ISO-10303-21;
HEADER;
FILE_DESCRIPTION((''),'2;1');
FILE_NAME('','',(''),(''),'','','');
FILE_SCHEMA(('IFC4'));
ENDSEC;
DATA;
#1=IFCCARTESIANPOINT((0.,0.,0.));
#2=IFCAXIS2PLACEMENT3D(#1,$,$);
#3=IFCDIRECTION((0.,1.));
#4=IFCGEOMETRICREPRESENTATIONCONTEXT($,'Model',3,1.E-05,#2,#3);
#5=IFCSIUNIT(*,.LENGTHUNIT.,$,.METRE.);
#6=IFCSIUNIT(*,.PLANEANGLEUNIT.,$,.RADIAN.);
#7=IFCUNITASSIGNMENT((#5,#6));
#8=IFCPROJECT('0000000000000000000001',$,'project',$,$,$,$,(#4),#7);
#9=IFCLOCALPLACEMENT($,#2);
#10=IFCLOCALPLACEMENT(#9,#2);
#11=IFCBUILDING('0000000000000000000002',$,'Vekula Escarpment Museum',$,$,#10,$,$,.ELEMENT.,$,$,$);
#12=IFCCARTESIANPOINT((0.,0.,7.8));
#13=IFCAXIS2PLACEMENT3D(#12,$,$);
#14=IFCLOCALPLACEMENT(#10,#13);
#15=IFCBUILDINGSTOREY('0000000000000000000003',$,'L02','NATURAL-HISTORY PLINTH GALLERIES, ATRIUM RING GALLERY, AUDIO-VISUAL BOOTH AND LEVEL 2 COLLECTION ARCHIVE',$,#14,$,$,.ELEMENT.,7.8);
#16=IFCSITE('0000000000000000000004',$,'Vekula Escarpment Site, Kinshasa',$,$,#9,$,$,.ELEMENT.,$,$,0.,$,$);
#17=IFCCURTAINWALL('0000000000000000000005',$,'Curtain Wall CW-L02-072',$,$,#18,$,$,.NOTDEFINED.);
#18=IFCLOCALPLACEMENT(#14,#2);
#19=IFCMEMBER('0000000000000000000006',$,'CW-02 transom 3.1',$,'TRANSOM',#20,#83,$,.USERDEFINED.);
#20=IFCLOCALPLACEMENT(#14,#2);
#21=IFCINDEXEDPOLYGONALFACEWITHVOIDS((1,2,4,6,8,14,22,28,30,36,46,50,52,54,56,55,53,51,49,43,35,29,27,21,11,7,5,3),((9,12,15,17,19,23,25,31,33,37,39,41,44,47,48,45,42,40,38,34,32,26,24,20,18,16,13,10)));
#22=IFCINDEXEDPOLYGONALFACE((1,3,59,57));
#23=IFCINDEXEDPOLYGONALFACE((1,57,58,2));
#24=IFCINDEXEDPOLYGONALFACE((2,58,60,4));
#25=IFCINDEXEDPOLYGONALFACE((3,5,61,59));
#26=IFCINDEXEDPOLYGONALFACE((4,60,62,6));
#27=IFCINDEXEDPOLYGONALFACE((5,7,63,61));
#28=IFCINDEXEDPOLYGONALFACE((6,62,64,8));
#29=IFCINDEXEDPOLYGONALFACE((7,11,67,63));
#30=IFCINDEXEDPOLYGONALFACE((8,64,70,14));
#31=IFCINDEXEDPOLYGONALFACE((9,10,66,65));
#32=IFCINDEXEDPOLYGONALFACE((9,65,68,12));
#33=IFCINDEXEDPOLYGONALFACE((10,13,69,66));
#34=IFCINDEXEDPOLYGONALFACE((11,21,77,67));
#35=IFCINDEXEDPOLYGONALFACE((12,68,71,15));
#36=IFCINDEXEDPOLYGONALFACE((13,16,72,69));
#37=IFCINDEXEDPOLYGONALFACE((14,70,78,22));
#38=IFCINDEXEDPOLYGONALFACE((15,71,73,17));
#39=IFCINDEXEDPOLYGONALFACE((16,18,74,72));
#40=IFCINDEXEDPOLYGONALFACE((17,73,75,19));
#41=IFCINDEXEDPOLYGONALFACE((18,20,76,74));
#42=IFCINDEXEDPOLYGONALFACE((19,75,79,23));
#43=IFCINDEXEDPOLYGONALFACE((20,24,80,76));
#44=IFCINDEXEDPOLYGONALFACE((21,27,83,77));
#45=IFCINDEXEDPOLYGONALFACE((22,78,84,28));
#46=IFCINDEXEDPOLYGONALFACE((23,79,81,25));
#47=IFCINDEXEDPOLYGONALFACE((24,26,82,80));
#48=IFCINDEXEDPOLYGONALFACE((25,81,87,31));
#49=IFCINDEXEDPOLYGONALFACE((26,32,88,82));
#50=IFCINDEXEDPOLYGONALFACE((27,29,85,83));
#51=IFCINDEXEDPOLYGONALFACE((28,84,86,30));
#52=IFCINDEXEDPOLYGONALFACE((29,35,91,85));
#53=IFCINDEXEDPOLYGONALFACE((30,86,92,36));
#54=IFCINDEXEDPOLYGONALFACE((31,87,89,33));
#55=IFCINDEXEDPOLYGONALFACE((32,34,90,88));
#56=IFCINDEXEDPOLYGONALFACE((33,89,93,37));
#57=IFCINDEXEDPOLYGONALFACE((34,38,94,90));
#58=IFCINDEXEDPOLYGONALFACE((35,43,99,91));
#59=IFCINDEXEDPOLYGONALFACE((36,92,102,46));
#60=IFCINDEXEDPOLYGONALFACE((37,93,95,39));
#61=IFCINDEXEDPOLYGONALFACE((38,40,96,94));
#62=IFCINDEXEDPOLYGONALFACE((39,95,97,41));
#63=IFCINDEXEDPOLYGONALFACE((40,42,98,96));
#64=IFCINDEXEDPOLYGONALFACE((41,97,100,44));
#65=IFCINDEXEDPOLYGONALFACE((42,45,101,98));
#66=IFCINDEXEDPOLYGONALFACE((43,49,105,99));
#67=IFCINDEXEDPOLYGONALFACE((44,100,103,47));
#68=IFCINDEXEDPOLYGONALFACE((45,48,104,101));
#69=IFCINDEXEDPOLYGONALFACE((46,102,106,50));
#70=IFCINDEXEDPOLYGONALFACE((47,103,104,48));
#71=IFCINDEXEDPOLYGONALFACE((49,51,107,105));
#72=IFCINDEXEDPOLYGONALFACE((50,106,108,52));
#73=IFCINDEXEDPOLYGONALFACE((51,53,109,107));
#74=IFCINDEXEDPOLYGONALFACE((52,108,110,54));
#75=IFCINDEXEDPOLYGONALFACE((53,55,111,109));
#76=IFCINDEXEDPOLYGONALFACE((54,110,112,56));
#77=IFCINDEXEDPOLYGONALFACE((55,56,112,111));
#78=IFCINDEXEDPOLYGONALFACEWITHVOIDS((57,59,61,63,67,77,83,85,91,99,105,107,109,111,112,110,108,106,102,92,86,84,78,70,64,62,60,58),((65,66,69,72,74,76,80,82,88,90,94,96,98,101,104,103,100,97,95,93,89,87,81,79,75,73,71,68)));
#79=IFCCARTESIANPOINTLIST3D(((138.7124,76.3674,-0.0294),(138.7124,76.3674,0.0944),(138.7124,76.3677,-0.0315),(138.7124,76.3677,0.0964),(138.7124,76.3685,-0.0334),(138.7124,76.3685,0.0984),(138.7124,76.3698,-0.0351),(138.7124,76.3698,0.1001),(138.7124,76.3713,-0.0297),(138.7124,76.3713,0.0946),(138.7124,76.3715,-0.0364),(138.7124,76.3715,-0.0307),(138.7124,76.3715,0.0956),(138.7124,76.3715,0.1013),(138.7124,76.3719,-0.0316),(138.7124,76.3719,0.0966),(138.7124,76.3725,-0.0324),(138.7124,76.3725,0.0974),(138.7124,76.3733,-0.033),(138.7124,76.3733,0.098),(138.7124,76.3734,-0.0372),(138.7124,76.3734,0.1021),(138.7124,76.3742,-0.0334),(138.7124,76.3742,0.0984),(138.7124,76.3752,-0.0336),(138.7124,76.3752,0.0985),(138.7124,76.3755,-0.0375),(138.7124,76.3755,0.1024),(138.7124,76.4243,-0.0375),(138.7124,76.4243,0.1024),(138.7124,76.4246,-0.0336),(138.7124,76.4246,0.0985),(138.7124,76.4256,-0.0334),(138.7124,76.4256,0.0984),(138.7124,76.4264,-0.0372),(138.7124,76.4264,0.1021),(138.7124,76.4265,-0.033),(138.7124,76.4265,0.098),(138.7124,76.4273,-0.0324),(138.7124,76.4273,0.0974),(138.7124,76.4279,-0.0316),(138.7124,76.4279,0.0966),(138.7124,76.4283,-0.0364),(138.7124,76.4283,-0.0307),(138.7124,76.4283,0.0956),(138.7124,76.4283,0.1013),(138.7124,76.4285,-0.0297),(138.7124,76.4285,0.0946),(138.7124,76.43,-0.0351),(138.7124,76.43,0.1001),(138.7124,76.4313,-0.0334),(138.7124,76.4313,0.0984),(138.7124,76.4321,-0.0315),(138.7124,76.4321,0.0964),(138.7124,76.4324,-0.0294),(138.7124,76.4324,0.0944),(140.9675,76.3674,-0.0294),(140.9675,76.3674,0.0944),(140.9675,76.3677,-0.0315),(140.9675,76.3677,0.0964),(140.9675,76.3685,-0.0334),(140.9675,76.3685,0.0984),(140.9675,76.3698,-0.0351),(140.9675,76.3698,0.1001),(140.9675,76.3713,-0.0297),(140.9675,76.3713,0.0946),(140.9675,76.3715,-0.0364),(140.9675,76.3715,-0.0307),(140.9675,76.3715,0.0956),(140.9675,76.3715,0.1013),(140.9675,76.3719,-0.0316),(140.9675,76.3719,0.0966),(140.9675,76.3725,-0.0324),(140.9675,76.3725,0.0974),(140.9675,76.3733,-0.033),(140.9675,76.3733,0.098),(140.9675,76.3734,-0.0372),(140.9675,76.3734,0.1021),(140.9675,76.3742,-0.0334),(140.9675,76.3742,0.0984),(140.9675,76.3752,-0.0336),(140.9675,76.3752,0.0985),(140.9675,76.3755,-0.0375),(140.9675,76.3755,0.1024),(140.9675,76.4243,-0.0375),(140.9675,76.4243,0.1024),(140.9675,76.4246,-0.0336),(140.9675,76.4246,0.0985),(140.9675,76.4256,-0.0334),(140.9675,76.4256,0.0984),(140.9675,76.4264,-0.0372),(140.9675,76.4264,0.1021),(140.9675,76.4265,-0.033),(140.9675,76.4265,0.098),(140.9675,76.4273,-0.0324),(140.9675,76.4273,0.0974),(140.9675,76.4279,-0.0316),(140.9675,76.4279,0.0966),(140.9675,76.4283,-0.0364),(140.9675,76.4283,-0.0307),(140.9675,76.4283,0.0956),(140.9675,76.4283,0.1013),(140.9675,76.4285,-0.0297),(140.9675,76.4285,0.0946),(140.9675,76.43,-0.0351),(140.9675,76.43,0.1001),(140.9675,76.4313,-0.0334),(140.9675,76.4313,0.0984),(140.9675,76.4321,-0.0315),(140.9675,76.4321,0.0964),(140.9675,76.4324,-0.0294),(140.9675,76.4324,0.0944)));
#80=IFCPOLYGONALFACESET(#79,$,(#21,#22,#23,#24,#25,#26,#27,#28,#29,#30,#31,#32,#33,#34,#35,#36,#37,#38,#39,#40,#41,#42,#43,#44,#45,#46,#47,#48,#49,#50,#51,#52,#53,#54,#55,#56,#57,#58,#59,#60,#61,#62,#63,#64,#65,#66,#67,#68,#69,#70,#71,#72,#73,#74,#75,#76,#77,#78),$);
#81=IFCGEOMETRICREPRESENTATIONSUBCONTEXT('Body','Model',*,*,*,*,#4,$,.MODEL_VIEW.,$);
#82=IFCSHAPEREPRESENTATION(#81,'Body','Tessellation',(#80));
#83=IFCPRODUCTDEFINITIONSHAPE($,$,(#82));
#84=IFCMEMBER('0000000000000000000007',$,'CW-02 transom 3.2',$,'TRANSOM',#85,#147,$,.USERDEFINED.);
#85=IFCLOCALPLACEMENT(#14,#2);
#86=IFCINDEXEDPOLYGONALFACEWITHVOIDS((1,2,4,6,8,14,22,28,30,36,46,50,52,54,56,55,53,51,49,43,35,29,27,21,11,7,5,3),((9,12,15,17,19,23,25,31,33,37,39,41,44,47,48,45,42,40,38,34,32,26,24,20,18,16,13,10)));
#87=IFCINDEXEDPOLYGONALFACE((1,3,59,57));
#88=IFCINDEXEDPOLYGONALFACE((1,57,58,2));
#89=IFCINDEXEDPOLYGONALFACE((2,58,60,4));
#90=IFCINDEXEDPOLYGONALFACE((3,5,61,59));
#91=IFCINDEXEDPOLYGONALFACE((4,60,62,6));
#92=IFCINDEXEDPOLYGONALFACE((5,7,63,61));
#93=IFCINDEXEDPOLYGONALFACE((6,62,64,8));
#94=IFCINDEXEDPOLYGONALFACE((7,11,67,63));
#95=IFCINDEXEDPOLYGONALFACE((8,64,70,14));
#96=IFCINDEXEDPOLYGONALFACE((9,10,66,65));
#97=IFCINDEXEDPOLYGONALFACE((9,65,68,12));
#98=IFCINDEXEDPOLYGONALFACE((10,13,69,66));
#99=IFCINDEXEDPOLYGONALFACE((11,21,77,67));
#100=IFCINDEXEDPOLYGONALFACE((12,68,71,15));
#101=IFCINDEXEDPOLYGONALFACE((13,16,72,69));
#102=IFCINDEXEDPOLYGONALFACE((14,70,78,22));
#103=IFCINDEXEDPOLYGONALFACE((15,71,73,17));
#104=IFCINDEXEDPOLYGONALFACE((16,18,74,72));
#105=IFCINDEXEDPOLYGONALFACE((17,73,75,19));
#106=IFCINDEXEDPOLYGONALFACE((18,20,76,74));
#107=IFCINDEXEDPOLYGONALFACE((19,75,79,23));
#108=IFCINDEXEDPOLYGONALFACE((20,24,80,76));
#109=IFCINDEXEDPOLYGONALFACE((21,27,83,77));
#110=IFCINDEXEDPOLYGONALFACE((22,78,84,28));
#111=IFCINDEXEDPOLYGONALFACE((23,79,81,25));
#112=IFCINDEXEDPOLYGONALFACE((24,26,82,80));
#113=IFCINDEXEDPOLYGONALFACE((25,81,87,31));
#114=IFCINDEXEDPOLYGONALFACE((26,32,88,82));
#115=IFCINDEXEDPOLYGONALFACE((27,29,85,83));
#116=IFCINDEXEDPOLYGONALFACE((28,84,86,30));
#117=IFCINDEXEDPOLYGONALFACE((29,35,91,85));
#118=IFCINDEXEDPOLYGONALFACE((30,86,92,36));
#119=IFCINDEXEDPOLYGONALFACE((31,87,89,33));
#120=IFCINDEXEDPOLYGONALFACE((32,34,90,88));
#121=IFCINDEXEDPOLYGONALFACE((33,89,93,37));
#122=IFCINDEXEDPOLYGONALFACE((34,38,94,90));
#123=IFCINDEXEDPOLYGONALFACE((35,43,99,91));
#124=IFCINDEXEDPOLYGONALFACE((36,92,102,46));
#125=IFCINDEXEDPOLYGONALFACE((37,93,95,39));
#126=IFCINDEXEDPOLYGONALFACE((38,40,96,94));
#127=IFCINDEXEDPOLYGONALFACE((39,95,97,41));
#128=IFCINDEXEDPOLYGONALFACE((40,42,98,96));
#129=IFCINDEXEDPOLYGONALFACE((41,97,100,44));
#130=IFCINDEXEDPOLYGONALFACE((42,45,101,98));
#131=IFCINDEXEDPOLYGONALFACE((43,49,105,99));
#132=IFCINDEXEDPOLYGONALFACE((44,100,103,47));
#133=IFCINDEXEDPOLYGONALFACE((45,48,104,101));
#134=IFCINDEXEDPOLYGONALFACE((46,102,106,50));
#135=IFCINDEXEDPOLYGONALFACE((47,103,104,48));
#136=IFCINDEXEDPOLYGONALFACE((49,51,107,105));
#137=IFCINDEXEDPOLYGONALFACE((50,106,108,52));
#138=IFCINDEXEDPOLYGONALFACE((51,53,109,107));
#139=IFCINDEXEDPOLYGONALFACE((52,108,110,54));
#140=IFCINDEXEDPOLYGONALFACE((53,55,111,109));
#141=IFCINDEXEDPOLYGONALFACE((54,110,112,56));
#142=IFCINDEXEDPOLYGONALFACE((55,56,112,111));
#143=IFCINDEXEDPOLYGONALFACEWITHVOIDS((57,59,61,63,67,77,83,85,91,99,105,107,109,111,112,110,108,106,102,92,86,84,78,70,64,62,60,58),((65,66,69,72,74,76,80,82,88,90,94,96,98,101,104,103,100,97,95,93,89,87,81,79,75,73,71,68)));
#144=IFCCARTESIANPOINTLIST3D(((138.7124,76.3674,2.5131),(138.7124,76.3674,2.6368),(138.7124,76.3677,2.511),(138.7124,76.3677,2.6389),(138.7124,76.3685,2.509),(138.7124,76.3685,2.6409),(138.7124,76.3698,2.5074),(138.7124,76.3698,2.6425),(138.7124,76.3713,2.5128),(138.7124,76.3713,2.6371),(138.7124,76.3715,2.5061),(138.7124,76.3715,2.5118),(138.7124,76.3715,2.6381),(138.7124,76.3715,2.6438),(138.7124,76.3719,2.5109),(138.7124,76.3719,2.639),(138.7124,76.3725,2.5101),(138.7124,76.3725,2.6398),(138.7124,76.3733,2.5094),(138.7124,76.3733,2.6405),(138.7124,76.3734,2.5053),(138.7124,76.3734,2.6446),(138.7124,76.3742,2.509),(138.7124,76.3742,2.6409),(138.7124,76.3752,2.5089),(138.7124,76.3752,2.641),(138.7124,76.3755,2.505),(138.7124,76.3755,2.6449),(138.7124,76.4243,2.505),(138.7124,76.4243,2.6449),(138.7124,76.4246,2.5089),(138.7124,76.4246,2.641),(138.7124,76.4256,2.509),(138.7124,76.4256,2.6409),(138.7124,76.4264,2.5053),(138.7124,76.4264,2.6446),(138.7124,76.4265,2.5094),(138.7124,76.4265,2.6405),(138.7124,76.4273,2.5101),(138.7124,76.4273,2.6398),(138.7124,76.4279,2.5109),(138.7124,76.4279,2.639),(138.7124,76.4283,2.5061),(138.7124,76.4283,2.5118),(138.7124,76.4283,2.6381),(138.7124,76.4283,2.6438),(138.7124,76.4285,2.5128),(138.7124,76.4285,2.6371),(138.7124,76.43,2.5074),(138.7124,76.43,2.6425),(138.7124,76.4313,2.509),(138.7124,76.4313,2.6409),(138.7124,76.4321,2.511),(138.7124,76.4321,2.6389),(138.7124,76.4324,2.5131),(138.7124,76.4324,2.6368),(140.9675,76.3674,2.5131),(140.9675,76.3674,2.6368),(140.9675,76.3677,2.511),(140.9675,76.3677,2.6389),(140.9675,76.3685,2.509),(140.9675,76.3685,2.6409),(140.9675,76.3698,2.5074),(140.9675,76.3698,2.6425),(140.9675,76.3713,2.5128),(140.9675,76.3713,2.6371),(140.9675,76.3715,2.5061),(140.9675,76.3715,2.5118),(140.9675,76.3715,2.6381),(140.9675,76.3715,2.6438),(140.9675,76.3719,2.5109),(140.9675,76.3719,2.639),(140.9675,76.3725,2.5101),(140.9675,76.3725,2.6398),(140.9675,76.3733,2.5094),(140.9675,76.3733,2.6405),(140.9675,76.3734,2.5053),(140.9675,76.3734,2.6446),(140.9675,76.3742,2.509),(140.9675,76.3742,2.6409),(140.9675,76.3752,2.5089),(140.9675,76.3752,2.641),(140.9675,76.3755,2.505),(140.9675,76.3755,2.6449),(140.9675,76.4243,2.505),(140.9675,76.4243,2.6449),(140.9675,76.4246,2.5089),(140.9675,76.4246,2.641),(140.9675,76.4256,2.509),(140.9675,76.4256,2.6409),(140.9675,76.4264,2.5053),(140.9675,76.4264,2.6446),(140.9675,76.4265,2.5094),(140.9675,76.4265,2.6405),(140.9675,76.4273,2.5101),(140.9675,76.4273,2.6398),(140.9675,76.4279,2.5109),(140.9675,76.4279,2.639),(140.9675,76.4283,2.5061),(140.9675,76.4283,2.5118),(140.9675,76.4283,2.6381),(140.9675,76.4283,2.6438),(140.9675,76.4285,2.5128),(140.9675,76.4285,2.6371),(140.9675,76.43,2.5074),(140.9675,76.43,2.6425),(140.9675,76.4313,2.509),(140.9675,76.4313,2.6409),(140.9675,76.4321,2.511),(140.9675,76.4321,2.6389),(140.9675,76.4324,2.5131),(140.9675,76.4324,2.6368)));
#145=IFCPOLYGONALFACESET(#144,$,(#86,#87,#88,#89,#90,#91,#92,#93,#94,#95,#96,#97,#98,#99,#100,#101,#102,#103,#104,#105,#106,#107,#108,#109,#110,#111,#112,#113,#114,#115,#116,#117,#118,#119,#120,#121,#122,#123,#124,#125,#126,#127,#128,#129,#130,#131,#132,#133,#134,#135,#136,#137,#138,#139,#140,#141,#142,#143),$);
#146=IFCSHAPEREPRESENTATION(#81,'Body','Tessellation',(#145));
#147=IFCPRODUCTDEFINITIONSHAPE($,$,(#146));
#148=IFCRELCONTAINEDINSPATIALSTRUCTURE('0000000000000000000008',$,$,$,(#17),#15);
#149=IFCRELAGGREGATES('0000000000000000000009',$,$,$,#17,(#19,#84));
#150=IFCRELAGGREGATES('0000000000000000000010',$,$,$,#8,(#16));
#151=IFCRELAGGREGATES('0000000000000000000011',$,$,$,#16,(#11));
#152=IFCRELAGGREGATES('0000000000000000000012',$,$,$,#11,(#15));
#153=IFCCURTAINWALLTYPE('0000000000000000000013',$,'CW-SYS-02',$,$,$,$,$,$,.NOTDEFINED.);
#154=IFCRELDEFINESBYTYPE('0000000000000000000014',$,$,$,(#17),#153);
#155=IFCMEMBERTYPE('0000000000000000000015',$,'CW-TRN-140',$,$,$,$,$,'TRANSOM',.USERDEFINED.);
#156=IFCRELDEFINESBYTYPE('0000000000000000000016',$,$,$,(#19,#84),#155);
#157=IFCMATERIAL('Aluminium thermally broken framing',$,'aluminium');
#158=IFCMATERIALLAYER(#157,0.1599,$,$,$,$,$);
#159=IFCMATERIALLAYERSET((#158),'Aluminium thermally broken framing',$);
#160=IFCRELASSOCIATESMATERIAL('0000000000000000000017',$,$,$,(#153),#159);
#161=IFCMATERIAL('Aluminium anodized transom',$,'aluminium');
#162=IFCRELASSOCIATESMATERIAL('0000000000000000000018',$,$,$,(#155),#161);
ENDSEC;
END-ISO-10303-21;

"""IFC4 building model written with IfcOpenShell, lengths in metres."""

from ifc_helpers import new_model, si_unit, direction, frame, origin, origin_2d, place, context, subcontext, project, spatial, hollow_rectangle, extrude, material, layer, layer_set, material_profile, profile_set, type_object, element, aggregate, save


model = new_model("IFC4")

# Units and contexts
model_context = context("Model", 3, precision=1e-05, world=origin(), true_north=direction((0.0, 1.0)))
body_context = subcontext(model_context, "Body", "Model", "MODEL_VIEW")
ifc_project = project(units=[si_unit("LENGTHUNIT", "METRE"), si_unit("PLANEANGLEUNIT", "RADIAN")], contexts=[model_context])

# Site, building, storey
site_placement = place(None, origin())
site = spatial("IfcSite", under=ifc_project, at=site_placement, Name="Vekula Escarpment Site, Kinshasa", CompositionType="ELEMENT", RefElevation=0.0)
building_placement = place(site_placement, origin())
building = spatial("IfcBuilding", under=site, at=building_placement, Name="Vekula Escarpment Museum", CompositionType="ELEMENT")
storey_placement = place(building_placement, frame((0.0, 0.0, 7.8)))
storey = spatial("IfcBuildingStorey", under=building, at=storey_placement, Name="L02", Description="NATURAL-HISTORY PLINTH GALLERIES, ATRIUM RING GALLERY, AUDIO-VISUAL BOOTH AND LEVEL 2 COLLECTION ARCHIVE", CompositionType="ELEMENT", Elevation=7.8)

# Curtain wall
ifc_material_1 = material(Name="Aluminium thermally broken framing", Category="aluminium")
ifc_layer_1 = layer(ifc_material_1, 0.1599)
ifc_layer_set_1 = layer_set([ifc_layer_1], Name="Aluminium thermally broken framing")
curtain_wall_type_1 = type_object("IfcCurtainWallType", Name="CW-SYS-02", PredefinedType="NOTDEFINED", material=ifc_layer_set_1)
curtain_wall_1_placement = place(storey_placement, origin())
curtain_wall_1 = element("IfcCurtainWall", 1, at=curtain_wall_1_placement, inside=storey, type_object=curtain_wall_type_1, Name="Curtain Wall CW-L02-072", PredefinedType="NOTDEFINED")

# Members
ifc_material_2 = material(Name="Aluminium anodized transom", Category="aluminium")
ifc_material_profile_1 = material_profile(ifc_material_2, hollow_rectangle(XDim=0.0649, YDim=0.1399, WallThickness=0.0039, InnerFilletRadius=0.0039, OuterFilletRadius=0.0081, at=origin_2d()), Name="ALU 140x65x4")
ifc_profile_set_1 = profile_set([ifc_material_profile_1], Name="Aluminium anodized transom")
member_type_1 = type_object("IfcMemberType", Name="CW-TRN-140", ElementType="TRANSOM", PredefinedType="USERDEFINED", material=ifc_profile_set_1)
member_1_placement = place(storey_placement, frame((140.9675, 76.3999, 0.0325), z_axis=(-1.0, 0.0, 0.0), x_axis=(0.0, -1.0, 0.0)))
member_1 = element("IfcMember", 2, at=member_1_placement, type_object=member_type_1, Name="CW-02 transom 3.1", ObjectType="TRANSOM", PredefinedType="USERDEFINED", context=body_context, shape_type="SweptSolid", body=[
    extrude(hollow_rectangle(XDim=0.0649, YDim=0.1399, WallThickness=0.0039, InnerFilletRadius=0.0039, OuterFilletRadius=0.0081, at=origin_2d()), origin(), (0.0, 0.0, 1.0), 2.2551),
])
member_2_placement = place(storey_placement, frame((140.9675, 76.3999, 2.575), z_axis=(-1.0, 0.0, 0.0), x_axis=(0.0, -1.0, 0.0)))
member_2 = element("IfcMember", 3, at=member_2_placement, type_object=member_type_1, Name="CW-02 transom 3.2", ObjectType="TRANSOM", PredefinedType="USERDEFINED", context=body_context, shape_type="SweptSolid", body=[
    extrude(hollow_rectangle(XDim=0.0649, YDim=0.1399, WallThickness=0.0039, InnerFilletRadius=0.0039, OuterFilletRadius=0.0081, at=origin_2d()), origin(), (0.0, 0.0, 1.0), 2.2551),
])

aggregate(curtain_wall_1, [member_1, member_2])

save(model, "model.ifc")
